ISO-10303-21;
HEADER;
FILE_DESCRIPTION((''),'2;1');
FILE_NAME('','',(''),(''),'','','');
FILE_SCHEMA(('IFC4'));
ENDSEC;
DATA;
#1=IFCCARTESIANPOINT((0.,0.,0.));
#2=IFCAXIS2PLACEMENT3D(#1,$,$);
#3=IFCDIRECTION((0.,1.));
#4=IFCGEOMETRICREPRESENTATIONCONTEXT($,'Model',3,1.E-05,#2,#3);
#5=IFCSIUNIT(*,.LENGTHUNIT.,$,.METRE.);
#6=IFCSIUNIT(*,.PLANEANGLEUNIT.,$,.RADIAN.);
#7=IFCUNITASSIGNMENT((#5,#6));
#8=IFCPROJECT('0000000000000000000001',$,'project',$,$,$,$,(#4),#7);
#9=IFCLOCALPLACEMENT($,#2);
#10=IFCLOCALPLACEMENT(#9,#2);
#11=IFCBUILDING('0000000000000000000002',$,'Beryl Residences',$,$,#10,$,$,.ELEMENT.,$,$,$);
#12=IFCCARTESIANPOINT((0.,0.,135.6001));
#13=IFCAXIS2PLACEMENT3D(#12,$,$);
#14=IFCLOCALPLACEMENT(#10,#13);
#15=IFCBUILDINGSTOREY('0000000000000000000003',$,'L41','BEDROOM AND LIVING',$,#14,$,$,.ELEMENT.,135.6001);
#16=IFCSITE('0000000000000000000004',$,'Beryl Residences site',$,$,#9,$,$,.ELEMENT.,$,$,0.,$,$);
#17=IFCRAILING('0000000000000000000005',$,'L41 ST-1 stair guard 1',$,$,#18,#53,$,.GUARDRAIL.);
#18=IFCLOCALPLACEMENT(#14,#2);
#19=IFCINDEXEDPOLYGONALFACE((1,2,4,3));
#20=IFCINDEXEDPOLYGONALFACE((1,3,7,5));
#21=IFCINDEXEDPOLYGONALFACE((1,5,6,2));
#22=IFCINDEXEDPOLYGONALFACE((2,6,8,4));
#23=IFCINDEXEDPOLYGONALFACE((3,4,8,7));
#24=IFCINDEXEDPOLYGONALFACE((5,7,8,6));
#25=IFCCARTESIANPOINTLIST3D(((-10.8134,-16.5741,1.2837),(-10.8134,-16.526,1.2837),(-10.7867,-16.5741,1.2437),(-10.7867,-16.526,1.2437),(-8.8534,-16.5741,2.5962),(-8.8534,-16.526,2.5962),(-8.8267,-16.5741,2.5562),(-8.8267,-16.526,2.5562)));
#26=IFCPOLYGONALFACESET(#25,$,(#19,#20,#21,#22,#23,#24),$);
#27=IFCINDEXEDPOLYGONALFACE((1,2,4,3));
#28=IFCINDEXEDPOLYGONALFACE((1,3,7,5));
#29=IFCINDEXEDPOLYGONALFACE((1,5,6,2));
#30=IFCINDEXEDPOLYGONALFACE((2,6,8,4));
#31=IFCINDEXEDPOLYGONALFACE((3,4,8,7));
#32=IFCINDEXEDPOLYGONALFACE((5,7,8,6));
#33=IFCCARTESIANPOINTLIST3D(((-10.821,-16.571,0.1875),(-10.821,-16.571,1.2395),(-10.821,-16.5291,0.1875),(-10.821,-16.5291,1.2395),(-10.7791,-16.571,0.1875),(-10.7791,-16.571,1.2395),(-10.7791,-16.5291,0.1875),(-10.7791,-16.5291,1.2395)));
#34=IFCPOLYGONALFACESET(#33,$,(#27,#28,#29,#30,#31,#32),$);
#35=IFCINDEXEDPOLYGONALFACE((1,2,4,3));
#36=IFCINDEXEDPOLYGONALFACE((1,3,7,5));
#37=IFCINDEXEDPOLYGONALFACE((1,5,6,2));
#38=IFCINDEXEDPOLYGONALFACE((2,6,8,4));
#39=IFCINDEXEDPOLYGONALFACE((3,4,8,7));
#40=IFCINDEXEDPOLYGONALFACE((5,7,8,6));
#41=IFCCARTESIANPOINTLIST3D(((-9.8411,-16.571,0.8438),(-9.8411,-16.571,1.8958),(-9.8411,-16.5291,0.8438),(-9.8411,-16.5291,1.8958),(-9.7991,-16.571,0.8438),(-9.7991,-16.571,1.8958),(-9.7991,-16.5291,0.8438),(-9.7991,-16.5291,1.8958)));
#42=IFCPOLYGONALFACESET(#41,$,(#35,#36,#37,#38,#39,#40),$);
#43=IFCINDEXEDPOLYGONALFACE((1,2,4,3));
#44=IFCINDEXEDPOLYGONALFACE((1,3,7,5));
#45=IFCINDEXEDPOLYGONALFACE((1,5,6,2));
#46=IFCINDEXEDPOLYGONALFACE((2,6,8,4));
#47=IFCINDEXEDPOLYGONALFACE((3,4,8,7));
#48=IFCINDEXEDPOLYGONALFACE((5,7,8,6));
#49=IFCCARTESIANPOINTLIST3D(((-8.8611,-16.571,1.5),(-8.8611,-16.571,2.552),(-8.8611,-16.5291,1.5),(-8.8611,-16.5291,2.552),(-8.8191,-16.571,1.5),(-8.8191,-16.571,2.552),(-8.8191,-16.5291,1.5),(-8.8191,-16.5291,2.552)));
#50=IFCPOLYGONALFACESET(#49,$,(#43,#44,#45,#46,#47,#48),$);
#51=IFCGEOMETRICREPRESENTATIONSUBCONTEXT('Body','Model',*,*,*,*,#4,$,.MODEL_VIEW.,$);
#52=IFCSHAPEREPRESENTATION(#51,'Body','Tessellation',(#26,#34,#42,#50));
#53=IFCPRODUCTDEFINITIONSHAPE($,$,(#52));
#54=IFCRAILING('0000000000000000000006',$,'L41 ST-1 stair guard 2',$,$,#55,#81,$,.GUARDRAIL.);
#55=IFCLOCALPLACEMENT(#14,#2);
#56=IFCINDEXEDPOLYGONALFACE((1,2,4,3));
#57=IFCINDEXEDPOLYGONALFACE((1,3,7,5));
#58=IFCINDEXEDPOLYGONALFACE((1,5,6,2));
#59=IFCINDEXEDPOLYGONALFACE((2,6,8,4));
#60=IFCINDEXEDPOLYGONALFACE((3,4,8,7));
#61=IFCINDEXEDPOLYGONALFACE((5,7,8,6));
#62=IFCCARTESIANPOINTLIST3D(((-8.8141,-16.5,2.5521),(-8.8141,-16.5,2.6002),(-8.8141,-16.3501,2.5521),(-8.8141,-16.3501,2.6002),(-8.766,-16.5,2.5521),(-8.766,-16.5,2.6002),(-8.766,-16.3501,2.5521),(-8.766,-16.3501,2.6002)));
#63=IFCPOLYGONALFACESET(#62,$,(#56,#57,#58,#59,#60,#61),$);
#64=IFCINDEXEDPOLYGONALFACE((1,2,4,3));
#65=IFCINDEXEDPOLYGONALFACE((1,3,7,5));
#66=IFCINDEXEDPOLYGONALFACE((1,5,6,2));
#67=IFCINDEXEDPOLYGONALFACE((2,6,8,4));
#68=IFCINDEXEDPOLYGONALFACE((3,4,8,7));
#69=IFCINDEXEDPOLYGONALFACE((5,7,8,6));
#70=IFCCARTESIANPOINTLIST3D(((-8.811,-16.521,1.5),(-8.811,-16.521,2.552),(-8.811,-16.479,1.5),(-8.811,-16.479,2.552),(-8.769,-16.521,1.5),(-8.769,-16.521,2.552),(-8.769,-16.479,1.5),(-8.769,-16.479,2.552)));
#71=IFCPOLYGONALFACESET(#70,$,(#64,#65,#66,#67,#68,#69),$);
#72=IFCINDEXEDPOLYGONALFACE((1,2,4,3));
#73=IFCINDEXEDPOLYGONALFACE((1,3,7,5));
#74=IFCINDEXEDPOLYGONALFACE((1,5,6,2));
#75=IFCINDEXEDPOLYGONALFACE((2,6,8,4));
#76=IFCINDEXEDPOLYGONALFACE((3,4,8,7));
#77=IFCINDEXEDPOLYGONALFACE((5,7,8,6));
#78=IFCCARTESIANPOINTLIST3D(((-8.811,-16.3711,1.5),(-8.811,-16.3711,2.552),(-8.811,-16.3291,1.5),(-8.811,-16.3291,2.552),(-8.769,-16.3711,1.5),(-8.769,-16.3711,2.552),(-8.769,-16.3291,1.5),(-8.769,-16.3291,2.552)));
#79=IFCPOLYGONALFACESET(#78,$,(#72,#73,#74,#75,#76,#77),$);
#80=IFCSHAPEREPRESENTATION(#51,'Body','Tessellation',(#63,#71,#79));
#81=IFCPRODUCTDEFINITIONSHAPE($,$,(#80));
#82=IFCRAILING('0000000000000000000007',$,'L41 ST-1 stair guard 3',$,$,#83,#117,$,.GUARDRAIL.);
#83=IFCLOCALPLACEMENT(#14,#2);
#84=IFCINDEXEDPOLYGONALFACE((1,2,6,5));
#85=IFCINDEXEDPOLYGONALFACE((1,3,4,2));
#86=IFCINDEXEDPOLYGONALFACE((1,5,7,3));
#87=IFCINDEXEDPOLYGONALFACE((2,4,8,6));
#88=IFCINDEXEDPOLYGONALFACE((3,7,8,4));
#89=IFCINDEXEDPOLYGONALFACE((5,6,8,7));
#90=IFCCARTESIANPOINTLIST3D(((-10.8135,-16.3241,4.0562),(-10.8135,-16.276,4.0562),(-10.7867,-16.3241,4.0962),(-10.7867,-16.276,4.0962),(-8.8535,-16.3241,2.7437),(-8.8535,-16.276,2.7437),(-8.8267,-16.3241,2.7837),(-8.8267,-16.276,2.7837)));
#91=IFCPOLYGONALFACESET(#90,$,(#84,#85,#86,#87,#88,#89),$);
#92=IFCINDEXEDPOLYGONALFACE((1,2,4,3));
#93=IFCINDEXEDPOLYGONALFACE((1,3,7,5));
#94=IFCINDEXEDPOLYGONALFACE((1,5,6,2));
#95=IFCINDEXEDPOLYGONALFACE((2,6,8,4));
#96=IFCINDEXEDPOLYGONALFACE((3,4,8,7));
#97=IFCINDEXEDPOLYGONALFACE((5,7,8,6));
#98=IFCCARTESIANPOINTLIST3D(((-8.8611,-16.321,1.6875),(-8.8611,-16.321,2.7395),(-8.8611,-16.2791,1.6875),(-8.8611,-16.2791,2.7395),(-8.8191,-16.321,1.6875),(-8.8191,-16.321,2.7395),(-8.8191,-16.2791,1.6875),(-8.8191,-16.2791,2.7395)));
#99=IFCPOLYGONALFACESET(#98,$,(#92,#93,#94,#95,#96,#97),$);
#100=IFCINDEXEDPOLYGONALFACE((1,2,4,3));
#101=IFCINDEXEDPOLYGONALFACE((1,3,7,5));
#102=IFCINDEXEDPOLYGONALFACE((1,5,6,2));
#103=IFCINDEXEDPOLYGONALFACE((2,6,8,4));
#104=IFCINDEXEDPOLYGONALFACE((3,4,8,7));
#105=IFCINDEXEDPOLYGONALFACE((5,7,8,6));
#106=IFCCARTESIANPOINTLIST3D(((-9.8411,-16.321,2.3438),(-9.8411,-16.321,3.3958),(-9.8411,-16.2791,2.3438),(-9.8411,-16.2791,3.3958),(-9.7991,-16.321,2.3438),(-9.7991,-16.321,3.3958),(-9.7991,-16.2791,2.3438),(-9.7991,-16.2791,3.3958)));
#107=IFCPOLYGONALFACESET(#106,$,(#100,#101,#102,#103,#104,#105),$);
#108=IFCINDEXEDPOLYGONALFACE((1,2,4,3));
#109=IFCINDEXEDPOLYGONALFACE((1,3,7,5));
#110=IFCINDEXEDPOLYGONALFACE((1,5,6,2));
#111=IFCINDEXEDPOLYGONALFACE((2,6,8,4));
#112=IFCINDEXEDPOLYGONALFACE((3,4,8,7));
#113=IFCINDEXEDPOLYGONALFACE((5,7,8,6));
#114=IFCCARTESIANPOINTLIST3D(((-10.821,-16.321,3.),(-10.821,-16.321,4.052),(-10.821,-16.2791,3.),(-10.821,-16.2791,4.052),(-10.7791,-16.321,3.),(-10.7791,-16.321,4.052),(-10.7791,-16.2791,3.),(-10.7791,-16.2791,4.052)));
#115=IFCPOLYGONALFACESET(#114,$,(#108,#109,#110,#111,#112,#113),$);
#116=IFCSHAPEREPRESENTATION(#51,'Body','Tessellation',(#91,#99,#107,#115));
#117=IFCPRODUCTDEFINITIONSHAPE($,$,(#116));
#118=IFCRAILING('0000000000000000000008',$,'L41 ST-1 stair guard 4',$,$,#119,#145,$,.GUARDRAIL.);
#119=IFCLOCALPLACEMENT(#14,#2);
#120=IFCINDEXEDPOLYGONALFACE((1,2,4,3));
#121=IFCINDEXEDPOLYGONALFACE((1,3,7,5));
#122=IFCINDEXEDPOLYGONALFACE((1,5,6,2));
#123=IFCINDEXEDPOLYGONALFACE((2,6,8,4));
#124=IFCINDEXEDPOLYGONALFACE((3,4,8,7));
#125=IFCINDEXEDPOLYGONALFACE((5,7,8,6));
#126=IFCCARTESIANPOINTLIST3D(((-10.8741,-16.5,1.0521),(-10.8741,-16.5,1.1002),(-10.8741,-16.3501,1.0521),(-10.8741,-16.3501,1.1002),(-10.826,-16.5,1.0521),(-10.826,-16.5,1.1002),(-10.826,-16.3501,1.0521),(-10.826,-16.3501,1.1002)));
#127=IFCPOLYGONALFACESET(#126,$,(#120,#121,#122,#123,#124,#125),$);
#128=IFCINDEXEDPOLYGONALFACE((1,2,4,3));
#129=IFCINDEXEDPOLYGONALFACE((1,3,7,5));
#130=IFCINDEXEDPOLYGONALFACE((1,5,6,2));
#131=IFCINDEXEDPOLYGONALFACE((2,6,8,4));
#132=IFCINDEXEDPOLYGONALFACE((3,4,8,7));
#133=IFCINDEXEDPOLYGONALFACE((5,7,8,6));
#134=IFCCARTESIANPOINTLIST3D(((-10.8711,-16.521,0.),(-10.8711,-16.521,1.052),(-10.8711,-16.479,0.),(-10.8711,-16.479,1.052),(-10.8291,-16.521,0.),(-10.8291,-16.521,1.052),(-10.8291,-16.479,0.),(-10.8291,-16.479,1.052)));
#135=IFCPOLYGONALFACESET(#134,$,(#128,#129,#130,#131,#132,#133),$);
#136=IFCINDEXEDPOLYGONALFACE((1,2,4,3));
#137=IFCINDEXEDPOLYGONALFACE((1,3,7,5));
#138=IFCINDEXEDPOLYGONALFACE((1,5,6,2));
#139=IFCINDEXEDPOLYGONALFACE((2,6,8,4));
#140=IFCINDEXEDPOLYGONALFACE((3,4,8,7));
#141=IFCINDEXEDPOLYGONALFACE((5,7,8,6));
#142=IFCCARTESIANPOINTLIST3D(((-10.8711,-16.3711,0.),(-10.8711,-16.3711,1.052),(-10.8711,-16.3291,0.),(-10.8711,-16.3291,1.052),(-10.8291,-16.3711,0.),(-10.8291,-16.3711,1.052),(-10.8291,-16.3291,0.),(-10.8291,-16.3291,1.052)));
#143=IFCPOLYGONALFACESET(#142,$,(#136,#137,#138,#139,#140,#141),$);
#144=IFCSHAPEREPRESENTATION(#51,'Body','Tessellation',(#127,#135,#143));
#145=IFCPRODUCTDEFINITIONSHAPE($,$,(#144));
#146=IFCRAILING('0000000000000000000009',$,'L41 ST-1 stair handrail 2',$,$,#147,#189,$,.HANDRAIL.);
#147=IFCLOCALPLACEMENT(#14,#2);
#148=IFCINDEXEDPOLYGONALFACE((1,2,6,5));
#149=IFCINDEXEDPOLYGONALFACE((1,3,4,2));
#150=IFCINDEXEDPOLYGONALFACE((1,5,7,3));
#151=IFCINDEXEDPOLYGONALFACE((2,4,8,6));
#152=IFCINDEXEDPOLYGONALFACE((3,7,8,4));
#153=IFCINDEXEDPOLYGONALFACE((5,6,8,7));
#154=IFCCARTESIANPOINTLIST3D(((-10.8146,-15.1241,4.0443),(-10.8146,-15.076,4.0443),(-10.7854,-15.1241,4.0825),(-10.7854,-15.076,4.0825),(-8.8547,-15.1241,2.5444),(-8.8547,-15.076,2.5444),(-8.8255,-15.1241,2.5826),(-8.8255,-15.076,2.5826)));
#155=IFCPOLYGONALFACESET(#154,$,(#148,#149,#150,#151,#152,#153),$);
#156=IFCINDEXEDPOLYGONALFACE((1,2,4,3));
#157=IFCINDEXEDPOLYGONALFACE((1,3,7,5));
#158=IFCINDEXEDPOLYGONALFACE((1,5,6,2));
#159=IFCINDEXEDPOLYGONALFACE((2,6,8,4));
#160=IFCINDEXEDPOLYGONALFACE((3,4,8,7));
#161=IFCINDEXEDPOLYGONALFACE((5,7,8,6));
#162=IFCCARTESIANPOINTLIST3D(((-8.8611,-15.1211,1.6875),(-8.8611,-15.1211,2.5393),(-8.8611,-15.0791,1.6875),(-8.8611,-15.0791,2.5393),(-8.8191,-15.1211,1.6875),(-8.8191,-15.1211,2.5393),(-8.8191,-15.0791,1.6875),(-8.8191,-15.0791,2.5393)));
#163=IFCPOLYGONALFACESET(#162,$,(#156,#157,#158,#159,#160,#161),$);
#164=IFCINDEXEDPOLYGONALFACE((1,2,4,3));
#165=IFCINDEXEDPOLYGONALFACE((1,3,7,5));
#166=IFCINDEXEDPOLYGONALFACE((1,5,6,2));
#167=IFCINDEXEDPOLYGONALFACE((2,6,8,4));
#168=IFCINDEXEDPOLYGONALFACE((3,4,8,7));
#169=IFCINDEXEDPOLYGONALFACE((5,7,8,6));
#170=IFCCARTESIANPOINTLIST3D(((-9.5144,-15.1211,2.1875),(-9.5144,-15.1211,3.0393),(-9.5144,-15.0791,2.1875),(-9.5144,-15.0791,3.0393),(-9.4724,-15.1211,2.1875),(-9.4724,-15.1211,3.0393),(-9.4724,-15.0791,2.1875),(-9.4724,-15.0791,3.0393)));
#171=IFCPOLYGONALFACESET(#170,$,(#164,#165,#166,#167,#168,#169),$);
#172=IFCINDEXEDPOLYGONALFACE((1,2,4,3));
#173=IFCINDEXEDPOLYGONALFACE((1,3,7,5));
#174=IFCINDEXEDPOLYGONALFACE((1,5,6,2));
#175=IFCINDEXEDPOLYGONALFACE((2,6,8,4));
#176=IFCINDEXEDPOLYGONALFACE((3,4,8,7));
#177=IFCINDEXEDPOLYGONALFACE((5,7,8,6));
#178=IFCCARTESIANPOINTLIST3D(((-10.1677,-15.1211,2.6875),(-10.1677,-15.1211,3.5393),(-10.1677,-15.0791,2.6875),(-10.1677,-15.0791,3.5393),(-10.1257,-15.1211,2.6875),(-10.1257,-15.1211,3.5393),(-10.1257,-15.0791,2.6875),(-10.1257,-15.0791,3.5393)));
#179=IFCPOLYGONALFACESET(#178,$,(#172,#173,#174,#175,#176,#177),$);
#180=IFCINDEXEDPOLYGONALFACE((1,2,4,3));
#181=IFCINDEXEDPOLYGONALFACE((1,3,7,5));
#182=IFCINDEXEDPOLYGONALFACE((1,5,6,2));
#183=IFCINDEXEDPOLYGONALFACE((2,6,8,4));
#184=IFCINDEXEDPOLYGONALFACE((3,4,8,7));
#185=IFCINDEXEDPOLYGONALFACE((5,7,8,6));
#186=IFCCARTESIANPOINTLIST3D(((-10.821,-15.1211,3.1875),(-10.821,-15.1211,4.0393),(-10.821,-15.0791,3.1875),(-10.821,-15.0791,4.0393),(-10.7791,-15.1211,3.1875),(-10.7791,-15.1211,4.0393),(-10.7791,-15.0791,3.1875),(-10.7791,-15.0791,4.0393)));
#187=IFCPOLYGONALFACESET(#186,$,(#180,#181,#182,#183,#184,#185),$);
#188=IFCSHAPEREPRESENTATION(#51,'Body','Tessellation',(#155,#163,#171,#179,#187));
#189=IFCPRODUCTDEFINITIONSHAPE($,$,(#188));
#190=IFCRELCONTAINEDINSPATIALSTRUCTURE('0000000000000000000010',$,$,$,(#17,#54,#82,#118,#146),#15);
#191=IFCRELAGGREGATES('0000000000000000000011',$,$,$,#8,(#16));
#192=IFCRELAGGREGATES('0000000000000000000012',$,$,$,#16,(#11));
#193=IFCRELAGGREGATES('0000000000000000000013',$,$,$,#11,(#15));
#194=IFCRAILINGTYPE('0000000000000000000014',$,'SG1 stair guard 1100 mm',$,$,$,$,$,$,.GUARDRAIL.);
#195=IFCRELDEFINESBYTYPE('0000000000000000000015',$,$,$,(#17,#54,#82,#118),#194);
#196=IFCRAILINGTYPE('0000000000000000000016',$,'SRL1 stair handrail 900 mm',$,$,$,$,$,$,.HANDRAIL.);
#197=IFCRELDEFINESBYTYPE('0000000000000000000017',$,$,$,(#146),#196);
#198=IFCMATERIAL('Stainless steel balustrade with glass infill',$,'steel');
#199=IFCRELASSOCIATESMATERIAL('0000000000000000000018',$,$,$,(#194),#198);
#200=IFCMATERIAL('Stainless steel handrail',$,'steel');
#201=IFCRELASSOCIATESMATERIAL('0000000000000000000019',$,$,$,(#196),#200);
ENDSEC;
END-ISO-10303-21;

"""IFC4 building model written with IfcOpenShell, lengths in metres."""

from ifc_helpers import new_model, si_unit, direction, frame, origin, origin_2d, place, context, subcontext, project, spatial, rectangle, extrude, material, type_object, element, save


model = new_model("IFC4")

# Units and contexts
model_context = context("Model", 3, precision=1e-05, world=origin(), true_north=direction((0.0, 1.0)))
body_context = subcontext(model_context, "Body", "Model", "MODEL_VIEW")
ifc_project = project(units=[si_unit("LENGTHUNIT", "METRE"), si_unit("PLANEANGLEUNIT", "RADIAN")], contexts=[model_context])

# Site, building, storey
site_placement = place(None, origin())
site = spatial("IfcSite", under=ifc_project, at=site_placement, Name="Beryl Residences site", CompositionType="ELEMENT", RefElevation=0.0)
building_placement = place(site_placement, origin())
building = spatial("IfcBuilding", under=site, at=building_placement, Name="Beryl Residences", CompositionType="ELEMENT")
storey_placement = place(building_placement, frame((0.0, 0.0, 135.6001)))
storey = spatial("IfcBuildingStorey", under=building, at=storey_placement, Name="L41", Description="BEDROOM AND LIVING", CompositionType="ELEMENT", Elevation=135.6001)

# Railings
ifc_material_1 = material(Name="Stainless steel balustrade with glass infill", Category="steel")
railing_type_1 = type_object("IfcRailingType", Name="SG1 stair guard 1100 mm", PredefinedType="GUARDRAIL", material=ifc_material_1)
railing_1_placement = place(storey_placement, frame((-10.8, -16.55, 0.1875)))
element("IfcRailing", 1, at=railing_1_placement, inside=storey, type_object=railing_type_1, Name="L41 ST-1 stair guard 1", PredefinedType="GUARDRAIL", context=body_context, shape_type="SweptSolid", body=[
    extrude(rectangle(XDim=0.0481, YDim=0.0481, at=origin_2d()), frame((0.0, 0.0, 1.0762), z_axis=(0.830902, 0.0, 0.556419), x_axis=(0.0, 1.0, 0.0)), (0.0, 0.0, 1.0), 2.3589),
    extrude(rectangle(XDim=0.042, YDim=0.042, at=origin_2d()), origin(), (0.0, 0.0, 1.0), 1.052),
    extrude(rectangle(XDim=0.042, YDim=0.042, at=origin_2d()), frame((0.98, 0.0, 0.6562)), (0.0, 0.0, 1.0), 1.052),
    extrude(rectangle(XDim=0.042, YDim=0.042, at=origin_2d()), frame((1.96, 0.0, 1.3125)), (0.0, 0.0, 1.0), 1.052),
])
railing_2_placement = place(storey_placement, frame((-8.79, -16.5, 1.5)))
element("IfcRailing", 2, at=railing_2_placement, inside=storey, type_object=railing_type_1, Name="L41 ST-1 stair guard 2", PredefinedType="GUARDRAIL", context=body_context, shape_type="SweptSolid", body=[
    extrude(rectangle(XDim=0.0481, YDim=0.0481, at=origin_2d()), frame((0.0, 0.0, 1.0762), z_axis=(0.0, 1.0, 0.0), x_axis=(-1.0, 0.0, 0.0)), (0.0, 0.0, 1.0), 0.1499),
    extrude(rectangle(XDim=0.042, YDim=0.042, at=origin_2d()), origin(), (0.0, 0.0, 1.0), 1.052),
    extrude(rectangle(XDim=0.042, YDim=0.042, at=origin_2d()), frame((0.0, 0.1499, 0.0)), (0.0, 0.0, 1.0), 1.052),
])
railing_3_placement = place(storey_placement, frame((-8.8401, -16.3, 1.6875)))
element("IfcRailing", 3, at=railing_3_placement, inside=storey, type_object=railing_type_1, Name="L41 ST-1 stair guard 3", PredefinedType="GUARDRAIL", context=body_context, shape_type="SweptSolid", body=[
    extrude(rectangle(XDim=0.0481, YDim=0.0481, at=origin_2d()), frame((0.0, 0.0, 1.0762), z_axis=(-0.830902, 0.0, 0.556419), x_axis=(0.0, -1.0, 0.0)), (0.0, 0.0, 1.0), 2.3589),
    extrude(rectangle(XDim=0.042, YDim=0.042, at=origin_2d()), origin(), (0.0, 0.0, 1.0), 1.052),
    extrude(rectangle(XDim=0.042, YDim=0.042, at=origin_2d()), frame((-0.98, 0.0, 0.6562)), (0.0, 0.0, 1.0), 1.052),
    extrude(rectangle(XDim=0.042, YDim=0.042, at=origin_2d()), frame((-1.96, 0.0, 1.3125)), (0.0, 0.0, 1.0), 1.052),
])
railing_4_placement = place(storey_placement, frame((-10.8501, -16.5, 0.0)))
element("IfcRailing", 4, at=railing_4_placement, inside=storey, type_object=railing_type_1, Name="L41 ST-1 stair guard 4", PredefinedType="GUARDRAIL", context=body_context, shape_type="SweptSolid", body=[
    extrude(rectangle(XDim=0.0481, YDim=0.0481, at=origin_2d()), frame((0.0, 0.0, 1.0762), z_axis=(0.0, 1.0, 0.0), x_axis=(-1.0, 0.0, 0.0)), (0.0, 0.0, 1.0), 0.1499),
    extrude(rectangle(XDim=0.042, YDim=0.042, at=origin_2d()), origin(), (0.0, 0.0, 1.0), 1.052),
    extrude(rectangle(XDim=0.042, YDim=0.042, at=origin_2d()), frame((0.0, 0.1499, 0.0)), (0.0, 0.0, 1.0), 1.052),
])
ifc_material_2 = material(Name="Stainless steel handrail", Category="steel")
railing_type_2 = type_object("IfcRailingType", Name="SRL1 stair handrail 900 mm", PredefinedType="HANDRAIL", material=ifc_material_2)
railing_5_placement = place(storey_placement, frame((-8.8401, -15.1001, 1.6875)))
element("IfcRailing", 5, at=railing_5_placement, inside=storey, type_object=railing_type_2, Name="L41 ST-1 stair handrail 2", PredefinedType="HANDRAIL", context=body_context, shape_type="SweptSolid", body=[
    extrude(rectangle(XDim=0.0481, YDim=0.0481, at=origin_2d()), frame((0.0, 0.0, 0.876), z_axis=(-0.794122, 0.0, 0.607758), x_axis=(0.0, -1.0, 0.0)), (0.0, 0.0, 1.0), 2.468),
    extrude(rectangle(XDim=0.042, YDim=0.042, at=origin_2d()), origin(), (0.0, 0.0, 1.0), 0.8518),
    extrude(rectangle(XDim=0.042, YDim=0.042, at=origin_2d()), frame((-0.6533, 0.0, 0.5)), (0.0, 0.0, 1.0), 0.8518),
    extrude(rectangle(XDim=0.042, YDim=0.042, at=origin_2d()), frame((-1.3066, 0.0, 1.0)), (0.0, 0.0, 1.0), 0.8518),
    extrude(rectangle(XDim=0.042, YDim=0.042, at=origin_2d()), frame((-1.96, 0.0, 1.5)), (0.0, 0.0, 1.0), 0.8518),
])

save(model, "model.ifc")
